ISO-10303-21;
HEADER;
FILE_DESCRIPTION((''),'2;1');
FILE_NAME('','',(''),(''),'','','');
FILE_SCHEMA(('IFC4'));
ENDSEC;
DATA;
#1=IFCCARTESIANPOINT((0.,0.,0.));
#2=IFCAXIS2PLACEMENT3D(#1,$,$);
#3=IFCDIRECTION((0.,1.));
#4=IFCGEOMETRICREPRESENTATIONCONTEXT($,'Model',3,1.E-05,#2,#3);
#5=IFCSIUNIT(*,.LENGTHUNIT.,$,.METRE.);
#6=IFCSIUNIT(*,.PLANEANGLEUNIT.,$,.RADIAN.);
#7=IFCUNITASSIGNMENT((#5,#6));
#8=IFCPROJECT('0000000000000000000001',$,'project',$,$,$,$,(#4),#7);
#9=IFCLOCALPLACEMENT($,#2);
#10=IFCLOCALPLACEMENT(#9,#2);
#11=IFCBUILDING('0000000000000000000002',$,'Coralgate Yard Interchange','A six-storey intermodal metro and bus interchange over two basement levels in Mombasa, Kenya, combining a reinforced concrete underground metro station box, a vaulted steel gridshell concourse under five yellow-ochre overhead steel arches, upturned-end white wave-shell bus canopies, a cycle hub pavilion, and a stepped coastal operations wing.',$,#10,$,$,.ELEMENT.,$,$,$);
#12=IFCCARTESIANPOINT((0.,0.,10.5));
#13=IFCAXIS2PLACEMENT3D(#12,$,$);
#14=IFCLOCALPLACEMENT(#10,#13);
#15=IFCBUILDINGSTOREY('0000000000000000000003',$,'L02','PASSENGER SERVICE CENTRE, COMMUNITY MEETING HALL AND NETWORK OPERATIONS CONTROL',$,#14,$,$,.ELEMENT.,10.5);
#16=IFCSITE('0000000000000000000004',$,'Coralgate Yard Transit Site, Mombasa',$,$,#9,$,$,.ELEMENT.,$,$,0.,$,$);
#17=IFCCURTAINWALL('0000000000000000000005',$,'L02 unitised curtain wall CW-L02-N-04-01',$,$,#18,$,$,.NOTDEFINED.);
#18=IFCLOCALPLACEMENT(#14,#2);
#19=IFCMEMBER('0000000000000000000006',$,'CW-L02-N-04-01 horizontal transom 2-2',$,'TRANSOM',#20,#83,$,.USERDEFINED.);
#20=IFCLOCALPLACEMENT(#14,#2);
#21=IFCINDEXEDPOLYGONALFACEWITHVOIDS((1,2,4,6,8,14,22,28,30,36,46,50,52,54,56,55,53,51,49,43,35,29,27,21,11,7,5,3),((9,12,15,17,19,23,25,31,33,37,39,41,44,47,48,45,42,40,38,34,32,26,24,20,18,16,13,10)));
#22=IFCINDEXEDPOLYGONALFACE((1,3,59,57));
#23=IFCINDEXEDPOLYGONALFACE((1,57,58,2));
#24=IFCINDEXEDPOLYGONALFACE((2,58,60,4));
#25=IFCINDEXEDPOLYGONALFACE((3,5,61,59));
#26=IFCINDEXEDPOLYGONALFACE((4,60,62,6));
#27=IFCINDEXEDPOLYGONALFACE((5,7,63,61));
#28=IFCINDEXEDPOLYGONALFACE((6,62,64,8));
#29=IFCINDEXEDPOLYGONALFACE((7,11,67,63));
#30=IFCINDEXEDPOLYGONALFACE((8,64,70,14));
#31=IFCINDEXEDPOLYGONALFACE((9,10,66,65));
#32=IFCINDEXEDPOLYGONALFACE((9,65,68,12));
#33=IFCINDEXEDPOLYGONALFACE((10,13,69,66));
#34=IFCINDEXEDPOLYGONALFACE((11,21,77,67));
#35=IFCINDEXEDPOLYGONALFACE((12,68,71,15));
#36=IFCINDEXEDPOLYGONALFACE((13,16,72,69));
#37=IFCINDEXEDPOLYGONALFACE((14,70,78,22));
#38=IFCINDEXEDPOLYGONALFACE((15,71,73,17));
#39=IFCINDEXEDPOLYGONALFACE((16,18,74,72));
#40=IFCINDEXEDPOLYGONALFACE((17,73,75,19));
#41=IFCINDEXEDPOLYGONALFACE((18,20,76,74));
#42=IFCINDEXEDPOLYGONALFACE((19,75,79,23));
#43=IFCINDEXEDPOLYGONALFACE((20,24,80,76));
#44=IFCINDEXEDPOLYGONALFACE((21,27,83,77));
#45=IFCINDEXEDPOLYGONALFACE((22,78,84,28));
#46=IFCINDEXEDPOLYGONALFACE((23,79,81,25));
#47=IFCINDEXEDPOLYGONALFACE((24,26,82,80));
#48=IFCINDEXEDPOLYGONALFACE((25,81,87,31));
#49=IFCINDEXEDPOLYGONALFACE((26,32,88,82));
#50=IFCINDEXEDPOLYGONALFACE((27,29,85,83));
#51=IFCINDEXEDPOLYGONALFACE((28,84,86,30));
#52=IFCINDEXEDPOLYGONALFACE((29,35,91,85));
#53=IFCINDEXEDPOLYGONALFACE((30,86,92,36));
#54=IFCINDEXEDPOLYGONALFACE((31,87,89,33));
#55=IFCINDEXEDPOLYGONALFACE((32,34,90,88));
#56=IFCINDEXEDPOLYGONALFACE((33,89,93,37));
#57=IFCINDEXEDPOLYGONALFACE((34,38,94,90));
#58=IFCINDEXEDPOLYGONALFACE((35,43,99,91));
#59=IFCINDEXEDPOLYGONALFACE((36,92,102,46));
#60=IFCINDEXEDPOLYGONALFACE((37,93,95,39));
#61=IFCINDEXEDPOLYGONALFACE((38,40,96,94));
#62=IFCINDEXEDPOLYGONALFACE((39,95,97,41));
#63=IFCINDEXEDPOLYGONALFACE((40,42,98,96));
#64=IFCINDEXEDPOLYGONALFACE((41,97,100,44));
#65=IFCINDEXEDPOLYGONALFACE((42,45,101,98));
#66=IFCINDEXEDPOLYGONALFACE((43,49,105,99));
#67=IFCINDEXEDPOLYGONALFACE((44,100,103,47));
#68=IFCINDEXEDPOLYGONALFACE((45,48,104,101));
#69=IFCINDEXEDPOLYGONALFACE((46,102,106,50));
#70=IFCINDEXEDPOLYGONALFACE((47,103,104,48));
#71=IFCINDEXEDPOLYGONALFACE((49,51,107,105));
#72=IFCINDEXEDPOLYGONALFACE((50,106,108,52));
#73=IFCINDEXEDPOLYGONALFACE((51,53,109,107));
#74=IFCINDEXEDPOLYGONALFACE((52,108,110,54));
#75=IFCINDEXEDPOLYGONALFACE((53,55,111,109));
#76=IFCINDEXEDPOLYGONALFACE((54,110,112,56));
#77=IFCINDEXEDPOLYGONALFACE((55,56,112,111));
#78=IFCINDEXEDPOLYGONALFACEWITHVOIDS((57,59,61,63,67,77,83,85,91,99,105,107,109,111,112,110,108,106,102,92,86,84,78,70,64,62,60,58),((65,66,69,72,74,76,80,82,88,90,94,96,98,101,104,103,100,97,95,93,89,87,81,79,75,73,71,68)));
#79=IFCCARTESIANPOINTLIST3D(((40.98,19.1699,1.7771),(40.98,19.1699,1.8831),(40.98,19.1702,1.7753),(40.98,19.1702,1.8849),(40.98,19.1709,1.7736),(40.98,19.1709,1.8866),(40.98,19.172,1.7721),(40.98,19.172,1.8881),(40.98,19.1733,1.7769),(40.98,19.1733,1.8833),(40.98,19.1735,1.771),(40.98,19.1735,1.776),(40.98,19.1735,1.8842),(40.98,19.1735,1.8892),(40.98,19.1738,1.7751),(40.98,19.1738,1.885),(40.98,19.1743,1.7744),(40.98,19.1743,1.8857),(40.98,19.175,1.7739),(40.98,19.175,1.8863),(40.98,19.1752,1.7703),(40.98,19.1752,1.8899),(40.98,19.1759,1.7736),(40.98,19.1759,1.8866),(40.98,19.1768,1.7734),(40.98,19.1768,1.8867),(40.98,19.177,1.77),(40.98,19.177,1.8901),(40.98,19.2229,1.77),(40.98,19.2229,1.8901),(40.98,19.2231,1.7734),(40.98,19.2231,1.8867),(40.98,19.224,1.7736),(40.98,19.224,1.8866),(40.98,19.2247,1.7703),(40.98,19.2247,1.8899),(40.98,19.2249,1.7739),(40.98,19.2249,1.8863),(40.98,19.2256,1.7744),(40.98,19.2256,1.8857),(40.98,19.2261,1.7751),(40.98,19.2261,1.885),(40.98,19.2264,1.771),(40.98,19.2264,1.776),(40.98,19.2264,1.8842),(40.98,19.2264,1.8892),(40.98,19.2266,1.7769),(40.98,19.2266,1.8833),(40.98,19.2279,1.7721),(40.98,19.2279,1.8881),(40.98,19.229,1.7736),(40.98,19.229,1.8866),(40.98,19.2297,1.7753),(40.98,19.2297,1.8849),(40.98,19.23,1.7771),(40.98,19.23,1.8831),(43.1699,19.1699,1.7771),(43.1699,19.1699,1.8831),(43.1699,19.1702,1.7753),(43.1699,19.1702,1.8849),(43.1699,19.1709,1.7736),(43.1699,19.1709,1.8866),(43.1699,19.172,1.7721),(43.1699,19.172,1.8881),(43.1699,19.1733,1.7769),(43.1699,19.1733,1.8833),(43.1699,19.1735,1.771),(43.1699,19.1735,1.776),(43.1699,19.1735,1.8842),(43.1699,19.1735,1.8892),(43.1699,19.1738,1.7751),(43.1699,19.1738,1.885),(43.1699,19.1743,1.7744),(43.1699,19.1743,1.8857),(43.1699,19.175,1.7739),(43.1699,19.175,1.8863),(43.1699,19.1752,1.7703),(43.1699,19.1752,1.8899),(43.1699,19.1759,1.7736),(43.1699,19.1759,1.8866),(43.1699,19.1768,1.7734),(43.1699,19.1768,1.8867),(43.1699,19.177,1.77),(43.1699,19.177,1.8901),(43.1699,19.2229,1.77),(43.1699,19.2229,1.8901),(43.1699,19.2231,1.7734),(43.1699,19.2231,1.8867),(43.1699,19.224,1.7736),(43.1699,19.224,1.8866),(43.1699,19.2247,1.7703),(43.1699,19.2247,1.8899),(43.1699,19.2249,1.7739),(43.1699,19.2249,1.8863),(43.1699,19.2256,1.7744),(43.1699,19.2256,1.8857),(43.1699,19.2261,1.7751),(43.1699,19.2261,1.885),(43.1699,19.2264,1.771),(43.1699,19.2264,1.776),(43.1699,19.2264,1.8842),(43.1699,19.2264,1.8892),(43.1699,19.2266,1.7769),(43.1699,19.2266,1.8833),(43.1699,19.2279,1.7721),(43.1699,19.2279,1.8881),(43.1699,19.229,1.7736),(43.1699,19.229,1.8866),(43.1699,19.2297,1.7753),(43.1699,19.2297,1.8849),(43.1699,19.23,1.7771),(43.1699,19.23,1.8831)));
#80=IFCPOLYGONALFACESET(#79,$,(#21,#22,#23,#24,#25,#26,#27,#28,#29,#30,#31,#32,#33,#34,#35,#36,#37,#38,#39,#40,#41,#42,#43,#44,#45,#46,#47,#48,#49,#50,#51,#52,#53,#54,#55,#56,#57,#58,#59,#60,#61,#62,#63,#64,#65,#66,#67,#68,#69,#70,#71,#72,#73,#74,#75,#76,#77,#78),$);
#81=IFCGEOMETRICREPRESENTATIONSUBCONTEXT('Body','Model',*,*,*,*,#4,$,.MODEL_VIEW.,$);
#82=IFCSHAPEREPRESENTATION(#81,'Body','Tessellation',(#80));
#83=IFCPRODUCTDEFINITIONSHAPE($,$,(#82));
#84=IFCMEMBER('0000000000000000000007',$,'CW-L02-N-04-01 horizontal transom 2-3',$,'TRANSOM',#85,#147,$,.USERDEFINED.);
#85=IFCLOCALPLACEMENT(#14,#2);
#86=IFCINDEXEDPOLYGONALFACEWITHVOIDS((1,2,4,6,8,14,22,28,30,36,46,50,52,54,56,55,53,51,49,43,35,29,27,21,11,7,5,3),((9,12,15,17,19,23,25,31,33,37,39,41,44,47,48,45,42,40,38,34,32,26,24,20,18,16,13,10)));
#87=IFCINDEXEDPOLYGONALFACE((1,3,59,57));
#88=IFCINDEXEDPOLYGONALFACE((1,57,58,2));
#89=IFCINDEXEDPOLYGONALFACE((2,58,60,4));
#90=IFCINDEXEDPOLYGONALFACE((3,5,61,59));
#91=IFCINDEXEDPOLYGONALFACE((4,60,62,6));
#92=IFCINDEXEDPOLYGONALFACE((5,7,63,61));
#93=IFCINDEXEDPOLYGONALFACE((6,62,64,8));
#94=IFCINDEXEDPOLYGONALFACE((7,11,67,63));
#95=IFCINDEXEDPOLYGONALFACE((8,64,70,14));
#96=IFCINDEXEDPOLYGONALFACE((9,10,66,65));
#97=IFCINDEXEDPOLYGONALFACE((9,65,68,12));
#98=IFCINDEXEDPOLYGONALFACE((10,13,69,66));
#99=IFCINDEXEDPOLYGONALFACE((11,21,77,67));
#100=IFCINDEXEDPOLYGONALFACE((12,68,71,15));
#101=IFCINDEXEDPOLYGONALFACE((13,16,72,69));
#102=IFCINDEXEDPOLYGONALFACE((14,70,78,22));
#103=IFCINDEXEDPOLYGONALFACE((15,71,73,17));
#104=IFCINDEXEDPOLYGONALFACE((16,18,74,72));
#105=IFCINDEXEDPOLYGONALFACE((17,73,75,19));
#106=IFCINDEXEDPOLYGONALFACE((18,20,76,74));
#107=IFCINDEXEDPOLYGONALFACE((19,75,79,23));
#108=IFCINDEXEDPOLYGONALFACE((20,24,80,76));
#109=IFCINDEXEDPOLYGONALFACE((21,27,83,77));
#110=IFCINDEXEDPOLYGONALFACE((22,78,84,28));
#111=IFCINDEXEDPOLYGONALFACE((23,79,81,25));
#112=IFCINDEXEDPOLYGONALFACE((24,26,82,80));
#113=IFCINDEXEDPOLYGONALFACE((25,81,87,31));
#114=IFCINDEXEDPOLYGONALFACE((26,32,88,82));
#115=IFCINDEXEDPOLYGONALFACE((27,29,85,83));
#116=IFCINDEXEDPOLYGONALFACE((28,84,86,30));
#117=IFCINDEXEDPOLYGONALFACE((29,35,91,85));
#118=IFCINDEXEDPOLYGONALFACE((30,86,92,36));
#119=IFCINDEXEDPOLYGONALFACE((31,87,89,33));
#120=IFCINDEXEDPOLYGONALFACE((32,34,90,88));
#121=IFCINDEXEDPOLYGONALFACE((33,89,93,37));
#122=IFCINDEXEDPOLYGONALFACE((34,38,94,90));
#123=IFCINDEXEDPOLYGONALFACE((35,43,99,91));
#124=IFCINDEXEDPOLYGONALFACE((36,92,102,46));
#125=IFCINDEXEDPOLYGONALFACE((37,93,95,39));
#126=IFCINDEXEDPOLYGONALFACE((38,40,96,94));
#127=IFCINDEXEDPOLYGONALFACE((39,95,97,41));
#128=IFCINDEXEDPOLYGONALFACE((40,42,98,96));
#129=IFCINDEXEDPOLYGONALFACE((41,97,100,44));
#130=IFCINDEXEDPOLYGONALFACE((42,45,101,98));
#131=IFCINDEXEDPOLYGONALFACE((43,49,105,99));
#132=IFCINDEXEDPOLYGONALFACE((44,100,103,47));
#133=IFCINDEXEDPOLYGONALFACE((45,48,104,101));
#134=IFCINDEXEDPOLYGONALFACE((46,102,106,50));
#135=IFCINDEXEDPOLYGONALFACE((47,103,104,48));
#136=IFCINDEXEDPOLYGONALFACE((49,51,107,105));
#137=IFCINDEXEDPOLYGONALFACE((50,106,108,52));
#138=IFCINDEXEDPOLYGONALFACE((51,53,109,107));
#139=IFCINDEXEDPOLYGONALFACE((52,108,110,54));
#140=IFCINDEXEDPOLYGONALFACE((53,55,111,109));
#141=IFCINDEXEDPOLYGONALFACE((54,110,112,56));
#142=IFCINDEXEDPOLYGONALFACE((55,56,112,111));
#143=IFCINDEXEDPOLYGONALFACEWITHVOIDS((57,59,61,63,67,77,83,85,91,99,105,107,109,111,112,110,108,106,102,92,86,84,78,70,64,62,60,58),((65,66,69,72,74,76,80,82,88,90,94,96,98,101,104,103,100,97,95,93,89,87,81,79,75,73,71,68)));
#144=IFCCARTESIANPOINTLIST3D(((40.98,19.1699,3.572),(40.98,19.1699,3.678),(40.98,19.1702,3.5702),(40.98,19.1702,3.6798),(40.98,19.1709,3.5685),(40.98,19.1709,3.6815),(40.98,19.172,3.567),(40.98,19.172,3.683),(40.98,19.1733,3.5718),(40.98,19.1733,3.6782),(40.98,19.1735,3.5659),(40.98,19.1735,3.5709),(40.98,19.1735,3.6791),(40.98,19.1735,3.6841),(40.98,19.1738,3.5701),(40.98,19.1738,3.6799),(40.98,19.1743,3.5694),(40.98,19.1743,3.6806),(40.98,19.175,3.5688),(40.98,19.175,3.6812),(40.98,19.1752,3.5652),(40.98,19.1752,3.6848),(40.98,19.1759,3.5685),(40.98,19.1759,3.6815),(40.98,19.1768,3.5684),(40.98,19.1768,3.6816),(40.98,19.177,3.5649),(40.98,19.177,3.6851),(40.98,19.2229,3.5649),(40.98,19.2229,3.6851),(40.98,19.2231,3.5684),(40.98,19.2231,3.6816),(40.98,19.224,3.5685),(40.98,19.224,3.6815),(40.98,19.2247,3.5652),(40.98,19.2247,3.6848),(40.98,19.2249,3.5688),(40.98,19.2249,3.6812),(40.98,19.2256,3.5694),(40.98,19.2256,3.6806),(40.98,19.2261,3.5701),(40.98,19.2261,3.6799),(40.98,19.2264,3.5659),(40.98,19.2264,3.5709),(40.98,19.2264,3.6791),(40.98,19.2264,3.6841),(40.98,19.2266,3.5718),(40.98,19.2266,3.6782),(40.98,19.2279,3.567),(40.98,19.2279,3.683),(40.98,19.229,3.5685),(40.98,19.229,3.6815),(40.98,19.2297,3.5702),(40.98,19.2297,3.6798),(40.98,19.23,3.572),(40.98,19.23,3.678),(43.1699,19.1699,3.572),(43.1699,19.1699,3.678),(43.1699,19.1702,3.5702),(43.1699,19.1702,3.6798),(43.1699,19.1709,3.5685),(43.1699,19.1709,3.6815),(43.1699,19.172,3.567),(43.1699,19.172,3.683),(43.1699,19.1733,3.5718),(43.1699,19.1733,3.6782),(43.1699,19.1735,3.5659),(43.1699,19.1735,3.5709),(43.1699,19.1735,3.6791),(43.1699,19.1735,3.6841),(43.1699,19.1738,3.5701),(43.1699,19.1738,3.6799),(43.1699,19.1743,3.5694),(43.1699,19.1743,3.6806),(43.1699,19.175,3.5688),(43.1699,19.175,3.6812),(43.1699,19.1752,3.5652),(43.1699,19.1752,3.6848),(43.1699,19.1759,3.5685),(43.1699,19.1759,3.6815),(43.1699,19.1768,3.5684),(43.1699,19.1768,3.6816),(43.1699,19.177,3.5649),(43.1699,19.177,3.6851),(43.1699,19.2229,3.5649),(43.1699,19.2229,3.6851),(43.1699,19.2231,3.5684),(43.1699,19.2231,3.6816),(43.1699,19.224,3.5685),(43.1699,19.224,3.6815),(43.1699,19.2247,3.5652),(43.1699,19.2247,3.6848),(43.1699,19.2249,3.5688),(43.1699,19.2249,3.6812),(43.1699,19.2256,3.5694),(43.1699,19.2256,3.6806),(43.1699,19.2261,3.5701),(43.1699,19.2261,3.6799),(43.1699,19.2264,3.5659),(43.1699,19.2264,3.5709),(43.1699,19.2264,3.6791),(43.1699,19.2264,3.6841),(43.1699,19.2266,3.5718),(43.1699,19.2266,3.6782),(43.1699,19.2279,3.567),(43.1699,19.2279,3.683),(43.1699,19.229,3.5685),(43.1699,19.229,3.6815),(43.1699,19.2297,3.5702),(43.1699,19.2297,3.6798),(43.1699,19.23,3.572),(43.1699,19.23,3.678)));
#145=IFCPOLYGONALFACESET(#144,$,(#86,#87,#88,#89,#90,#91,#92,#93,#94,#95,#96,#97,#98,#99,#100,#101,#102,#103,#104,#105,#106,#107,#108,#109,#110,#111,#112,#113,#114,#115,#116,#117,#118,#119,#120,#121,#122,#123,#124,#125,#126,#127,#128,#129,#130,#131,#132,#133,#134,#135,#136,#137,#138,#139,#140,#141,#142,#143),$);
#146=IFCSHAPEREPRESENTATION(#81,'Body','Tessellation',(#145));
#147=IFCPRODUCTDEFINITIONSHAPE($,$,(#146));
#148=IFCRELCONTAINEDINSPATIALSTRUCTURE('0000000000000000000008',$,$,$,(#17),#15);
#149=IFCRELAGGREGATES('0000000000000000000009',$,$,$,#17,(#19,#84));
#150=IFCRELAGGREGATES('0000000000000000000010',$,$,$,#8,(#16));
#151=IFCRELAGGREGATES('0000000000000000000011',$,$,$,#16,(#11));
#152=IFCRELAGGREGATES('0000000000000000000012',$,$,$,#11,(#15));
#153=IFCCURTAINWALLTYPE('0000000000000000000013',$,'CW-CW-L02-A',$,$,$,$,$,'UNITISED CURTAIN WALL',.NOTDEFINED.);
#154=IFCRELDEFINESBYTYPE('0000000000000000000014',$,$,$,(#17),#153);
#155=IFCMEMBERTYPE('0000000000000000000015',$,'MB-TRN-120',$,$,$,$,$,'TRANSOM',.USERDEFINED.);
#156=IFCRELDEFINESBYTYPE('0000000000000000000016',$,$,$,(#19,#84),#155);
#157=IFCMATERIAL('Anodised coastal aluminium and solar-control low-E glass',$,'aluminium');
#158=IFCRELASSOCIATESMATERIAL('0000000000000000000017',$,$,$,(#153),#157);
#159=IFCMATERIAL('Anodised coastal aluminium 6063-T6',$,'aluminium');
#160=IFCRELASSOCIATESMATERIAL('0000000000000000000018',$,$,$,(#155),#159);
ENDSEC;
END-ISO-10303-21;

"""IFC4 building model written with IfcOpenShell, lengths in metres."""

from ifc_helpers import new_model, si_unit, direction, frame, origin, origin_2d, place, context, subcontext, project, spatial, hollow_rectangle, extrude, material, material_profile, profile_set, type_object, element, aggregate, save


model = new_model("IFC4")

# Units and contexts
model_context = context("Model", 3, precision=1e-05, world=origin(), true_north=direction((0.0, 1.0)))
body_context = subcontext(model_context, "Body", "Model", "MODEL_VIEW")
ifc_project = project(units=[si_unit("LENGTHUNIT", "METRE"), si_unit("PLANEANGLEUNIT", "RADIAN")], contexts=[model_context])

# Site, building, storey
site_placement = place(None, origin())
site = spatial("IfcSite", under=ifc_project, at=site_placement, Name="Coralgate Yard Transit Site, Mombasa", CompositionType="ELEMENT", RefElevation=0.0)
building_placement = place(site_placement, origin())
building = spatial("IfcBuilding", under=site, at=building_placement, Name="Coralgate Yard Interchange", Description="A six-storey intermodal metro and bus interchange over two basement levels in Mombasa, Kenya, combining a reinforced concrete underground metro station box, a vaulted steel gridshell concourse under five yellow-ochre overhead steel arches, upturned-end white wave-shell bus canopies, a cycle hub pavilion, and a stepped coastal operations wing.", CompositionType="ELEMENT")
storey_placement = place(building_placement, frame((0.0, 0.0, 10.5)))
storey = spatial("IfcBuildingStorey", under=building, at=storey_placement, Name="L02", Description="PASSENGER SERVICE CENTRE, COMMUNITY MEETING HALL AND NETWORK OPERATIONS CONTROL", CompositionType="ELEMENT", Elevation=10.5)

# Curtain wall, members
ifc_material_1 = material(Name="Anodised coastal aluminium and solar-control low-E glass", Category="aluminium")
curtain_wall_type = type_object("IfcCurtainWallType", Name="CW-CW-L02-A", ElementType="UNITISED CURTAIN WALL", PredefinedType="NOTDEFINED", material=ifc_material_1)
curtain_wall_placement = place(storey_placement, origin())
curtain_wall = element("IfcCurtainWall", 1, at=curtain_wall_placement, inside=storey, type_object=curtain_wall_type, Name="L02 unitised curtain wall CW-L02-N-04-01", PredefinedType="NOTDEFINED")
ifc_material_2 = material(Name="Anodised coastal aluminium 6063-T6", Category="aluminium")
ifc_material_profile_1 = material_profile(ifc_material_2, hollow_rectangle(XDim=0.0601, YDim=0.1201, WallThickness=0.0034, InnerFilletRadius=0.0034, OuterFilletRadius=0.0071, at=origin_2d()), Name="ALU 60x120x3.5")
ifc_profile_set_1 = profile_set([ifc_material_profile_1], Name="Anodised coastal aluminium 6063-T6")
member_type_1 = type_object("IfcMemberType", Name="MB-TRN-120", ElementType="TRANSOM", PredefinedType="USERDEFINED", material=ifc_profile_set_1)
member_1_placement = place(storey_placement, frame((40.98, 19.2, 1.8301), z_axis=(1.0, 0.0, 0.0), x_axis=(0.0, 1.0, 0.0)))
member_1 = element("IfcMember", 2, at=member_1_placement, type_object=member_type_1, Name="CW-L02-N-04-01 horizontal transom 2-2", ObjectType="TRANSOM", PredefinedType="USERDEFINED", context=body_context, shape_type="SweptSolid", body=[
    extrude(hollow_rectangle(XDim=0.0601, YDim=0.1201, WallThickness=0.0034, InnerFilletRadius=0.0034, OuterFilletRadius=0.0071, at=origin_2d()), origin(), (0.0, 0.0, 1.0), 2.1899),
])
member_2_placement = place(storey_placement, frame((40.98, 19.2, 3.625), z_axis=(1.0, 0.0, 0.0), x_axis=(0.0, 1.0, 0.0)))
member_2 = element("IfcMember", 3, at=member_2_placement, type_object=member_type_1, Name="CW-L02-N-04-01 horizontal transom 2-3", ObjectType="TRANSOM", PredefinedType="USERDEFINED", context=body_context, shape_type="SweptSolid", body=[
    extrude(hollow_rectangle(XDim=0.0601, YDim=0.1201, WallThickness=0.0034, InnerFilletRadius=0.0034, OuterFilletRadius=0.0071, at=origin_2d()), origin(), (0.0, 0.0, 1.0), 2.1899),
])
aggregate(curtain_wall, [member_1, member_2])

save(model, "model.ifc")
